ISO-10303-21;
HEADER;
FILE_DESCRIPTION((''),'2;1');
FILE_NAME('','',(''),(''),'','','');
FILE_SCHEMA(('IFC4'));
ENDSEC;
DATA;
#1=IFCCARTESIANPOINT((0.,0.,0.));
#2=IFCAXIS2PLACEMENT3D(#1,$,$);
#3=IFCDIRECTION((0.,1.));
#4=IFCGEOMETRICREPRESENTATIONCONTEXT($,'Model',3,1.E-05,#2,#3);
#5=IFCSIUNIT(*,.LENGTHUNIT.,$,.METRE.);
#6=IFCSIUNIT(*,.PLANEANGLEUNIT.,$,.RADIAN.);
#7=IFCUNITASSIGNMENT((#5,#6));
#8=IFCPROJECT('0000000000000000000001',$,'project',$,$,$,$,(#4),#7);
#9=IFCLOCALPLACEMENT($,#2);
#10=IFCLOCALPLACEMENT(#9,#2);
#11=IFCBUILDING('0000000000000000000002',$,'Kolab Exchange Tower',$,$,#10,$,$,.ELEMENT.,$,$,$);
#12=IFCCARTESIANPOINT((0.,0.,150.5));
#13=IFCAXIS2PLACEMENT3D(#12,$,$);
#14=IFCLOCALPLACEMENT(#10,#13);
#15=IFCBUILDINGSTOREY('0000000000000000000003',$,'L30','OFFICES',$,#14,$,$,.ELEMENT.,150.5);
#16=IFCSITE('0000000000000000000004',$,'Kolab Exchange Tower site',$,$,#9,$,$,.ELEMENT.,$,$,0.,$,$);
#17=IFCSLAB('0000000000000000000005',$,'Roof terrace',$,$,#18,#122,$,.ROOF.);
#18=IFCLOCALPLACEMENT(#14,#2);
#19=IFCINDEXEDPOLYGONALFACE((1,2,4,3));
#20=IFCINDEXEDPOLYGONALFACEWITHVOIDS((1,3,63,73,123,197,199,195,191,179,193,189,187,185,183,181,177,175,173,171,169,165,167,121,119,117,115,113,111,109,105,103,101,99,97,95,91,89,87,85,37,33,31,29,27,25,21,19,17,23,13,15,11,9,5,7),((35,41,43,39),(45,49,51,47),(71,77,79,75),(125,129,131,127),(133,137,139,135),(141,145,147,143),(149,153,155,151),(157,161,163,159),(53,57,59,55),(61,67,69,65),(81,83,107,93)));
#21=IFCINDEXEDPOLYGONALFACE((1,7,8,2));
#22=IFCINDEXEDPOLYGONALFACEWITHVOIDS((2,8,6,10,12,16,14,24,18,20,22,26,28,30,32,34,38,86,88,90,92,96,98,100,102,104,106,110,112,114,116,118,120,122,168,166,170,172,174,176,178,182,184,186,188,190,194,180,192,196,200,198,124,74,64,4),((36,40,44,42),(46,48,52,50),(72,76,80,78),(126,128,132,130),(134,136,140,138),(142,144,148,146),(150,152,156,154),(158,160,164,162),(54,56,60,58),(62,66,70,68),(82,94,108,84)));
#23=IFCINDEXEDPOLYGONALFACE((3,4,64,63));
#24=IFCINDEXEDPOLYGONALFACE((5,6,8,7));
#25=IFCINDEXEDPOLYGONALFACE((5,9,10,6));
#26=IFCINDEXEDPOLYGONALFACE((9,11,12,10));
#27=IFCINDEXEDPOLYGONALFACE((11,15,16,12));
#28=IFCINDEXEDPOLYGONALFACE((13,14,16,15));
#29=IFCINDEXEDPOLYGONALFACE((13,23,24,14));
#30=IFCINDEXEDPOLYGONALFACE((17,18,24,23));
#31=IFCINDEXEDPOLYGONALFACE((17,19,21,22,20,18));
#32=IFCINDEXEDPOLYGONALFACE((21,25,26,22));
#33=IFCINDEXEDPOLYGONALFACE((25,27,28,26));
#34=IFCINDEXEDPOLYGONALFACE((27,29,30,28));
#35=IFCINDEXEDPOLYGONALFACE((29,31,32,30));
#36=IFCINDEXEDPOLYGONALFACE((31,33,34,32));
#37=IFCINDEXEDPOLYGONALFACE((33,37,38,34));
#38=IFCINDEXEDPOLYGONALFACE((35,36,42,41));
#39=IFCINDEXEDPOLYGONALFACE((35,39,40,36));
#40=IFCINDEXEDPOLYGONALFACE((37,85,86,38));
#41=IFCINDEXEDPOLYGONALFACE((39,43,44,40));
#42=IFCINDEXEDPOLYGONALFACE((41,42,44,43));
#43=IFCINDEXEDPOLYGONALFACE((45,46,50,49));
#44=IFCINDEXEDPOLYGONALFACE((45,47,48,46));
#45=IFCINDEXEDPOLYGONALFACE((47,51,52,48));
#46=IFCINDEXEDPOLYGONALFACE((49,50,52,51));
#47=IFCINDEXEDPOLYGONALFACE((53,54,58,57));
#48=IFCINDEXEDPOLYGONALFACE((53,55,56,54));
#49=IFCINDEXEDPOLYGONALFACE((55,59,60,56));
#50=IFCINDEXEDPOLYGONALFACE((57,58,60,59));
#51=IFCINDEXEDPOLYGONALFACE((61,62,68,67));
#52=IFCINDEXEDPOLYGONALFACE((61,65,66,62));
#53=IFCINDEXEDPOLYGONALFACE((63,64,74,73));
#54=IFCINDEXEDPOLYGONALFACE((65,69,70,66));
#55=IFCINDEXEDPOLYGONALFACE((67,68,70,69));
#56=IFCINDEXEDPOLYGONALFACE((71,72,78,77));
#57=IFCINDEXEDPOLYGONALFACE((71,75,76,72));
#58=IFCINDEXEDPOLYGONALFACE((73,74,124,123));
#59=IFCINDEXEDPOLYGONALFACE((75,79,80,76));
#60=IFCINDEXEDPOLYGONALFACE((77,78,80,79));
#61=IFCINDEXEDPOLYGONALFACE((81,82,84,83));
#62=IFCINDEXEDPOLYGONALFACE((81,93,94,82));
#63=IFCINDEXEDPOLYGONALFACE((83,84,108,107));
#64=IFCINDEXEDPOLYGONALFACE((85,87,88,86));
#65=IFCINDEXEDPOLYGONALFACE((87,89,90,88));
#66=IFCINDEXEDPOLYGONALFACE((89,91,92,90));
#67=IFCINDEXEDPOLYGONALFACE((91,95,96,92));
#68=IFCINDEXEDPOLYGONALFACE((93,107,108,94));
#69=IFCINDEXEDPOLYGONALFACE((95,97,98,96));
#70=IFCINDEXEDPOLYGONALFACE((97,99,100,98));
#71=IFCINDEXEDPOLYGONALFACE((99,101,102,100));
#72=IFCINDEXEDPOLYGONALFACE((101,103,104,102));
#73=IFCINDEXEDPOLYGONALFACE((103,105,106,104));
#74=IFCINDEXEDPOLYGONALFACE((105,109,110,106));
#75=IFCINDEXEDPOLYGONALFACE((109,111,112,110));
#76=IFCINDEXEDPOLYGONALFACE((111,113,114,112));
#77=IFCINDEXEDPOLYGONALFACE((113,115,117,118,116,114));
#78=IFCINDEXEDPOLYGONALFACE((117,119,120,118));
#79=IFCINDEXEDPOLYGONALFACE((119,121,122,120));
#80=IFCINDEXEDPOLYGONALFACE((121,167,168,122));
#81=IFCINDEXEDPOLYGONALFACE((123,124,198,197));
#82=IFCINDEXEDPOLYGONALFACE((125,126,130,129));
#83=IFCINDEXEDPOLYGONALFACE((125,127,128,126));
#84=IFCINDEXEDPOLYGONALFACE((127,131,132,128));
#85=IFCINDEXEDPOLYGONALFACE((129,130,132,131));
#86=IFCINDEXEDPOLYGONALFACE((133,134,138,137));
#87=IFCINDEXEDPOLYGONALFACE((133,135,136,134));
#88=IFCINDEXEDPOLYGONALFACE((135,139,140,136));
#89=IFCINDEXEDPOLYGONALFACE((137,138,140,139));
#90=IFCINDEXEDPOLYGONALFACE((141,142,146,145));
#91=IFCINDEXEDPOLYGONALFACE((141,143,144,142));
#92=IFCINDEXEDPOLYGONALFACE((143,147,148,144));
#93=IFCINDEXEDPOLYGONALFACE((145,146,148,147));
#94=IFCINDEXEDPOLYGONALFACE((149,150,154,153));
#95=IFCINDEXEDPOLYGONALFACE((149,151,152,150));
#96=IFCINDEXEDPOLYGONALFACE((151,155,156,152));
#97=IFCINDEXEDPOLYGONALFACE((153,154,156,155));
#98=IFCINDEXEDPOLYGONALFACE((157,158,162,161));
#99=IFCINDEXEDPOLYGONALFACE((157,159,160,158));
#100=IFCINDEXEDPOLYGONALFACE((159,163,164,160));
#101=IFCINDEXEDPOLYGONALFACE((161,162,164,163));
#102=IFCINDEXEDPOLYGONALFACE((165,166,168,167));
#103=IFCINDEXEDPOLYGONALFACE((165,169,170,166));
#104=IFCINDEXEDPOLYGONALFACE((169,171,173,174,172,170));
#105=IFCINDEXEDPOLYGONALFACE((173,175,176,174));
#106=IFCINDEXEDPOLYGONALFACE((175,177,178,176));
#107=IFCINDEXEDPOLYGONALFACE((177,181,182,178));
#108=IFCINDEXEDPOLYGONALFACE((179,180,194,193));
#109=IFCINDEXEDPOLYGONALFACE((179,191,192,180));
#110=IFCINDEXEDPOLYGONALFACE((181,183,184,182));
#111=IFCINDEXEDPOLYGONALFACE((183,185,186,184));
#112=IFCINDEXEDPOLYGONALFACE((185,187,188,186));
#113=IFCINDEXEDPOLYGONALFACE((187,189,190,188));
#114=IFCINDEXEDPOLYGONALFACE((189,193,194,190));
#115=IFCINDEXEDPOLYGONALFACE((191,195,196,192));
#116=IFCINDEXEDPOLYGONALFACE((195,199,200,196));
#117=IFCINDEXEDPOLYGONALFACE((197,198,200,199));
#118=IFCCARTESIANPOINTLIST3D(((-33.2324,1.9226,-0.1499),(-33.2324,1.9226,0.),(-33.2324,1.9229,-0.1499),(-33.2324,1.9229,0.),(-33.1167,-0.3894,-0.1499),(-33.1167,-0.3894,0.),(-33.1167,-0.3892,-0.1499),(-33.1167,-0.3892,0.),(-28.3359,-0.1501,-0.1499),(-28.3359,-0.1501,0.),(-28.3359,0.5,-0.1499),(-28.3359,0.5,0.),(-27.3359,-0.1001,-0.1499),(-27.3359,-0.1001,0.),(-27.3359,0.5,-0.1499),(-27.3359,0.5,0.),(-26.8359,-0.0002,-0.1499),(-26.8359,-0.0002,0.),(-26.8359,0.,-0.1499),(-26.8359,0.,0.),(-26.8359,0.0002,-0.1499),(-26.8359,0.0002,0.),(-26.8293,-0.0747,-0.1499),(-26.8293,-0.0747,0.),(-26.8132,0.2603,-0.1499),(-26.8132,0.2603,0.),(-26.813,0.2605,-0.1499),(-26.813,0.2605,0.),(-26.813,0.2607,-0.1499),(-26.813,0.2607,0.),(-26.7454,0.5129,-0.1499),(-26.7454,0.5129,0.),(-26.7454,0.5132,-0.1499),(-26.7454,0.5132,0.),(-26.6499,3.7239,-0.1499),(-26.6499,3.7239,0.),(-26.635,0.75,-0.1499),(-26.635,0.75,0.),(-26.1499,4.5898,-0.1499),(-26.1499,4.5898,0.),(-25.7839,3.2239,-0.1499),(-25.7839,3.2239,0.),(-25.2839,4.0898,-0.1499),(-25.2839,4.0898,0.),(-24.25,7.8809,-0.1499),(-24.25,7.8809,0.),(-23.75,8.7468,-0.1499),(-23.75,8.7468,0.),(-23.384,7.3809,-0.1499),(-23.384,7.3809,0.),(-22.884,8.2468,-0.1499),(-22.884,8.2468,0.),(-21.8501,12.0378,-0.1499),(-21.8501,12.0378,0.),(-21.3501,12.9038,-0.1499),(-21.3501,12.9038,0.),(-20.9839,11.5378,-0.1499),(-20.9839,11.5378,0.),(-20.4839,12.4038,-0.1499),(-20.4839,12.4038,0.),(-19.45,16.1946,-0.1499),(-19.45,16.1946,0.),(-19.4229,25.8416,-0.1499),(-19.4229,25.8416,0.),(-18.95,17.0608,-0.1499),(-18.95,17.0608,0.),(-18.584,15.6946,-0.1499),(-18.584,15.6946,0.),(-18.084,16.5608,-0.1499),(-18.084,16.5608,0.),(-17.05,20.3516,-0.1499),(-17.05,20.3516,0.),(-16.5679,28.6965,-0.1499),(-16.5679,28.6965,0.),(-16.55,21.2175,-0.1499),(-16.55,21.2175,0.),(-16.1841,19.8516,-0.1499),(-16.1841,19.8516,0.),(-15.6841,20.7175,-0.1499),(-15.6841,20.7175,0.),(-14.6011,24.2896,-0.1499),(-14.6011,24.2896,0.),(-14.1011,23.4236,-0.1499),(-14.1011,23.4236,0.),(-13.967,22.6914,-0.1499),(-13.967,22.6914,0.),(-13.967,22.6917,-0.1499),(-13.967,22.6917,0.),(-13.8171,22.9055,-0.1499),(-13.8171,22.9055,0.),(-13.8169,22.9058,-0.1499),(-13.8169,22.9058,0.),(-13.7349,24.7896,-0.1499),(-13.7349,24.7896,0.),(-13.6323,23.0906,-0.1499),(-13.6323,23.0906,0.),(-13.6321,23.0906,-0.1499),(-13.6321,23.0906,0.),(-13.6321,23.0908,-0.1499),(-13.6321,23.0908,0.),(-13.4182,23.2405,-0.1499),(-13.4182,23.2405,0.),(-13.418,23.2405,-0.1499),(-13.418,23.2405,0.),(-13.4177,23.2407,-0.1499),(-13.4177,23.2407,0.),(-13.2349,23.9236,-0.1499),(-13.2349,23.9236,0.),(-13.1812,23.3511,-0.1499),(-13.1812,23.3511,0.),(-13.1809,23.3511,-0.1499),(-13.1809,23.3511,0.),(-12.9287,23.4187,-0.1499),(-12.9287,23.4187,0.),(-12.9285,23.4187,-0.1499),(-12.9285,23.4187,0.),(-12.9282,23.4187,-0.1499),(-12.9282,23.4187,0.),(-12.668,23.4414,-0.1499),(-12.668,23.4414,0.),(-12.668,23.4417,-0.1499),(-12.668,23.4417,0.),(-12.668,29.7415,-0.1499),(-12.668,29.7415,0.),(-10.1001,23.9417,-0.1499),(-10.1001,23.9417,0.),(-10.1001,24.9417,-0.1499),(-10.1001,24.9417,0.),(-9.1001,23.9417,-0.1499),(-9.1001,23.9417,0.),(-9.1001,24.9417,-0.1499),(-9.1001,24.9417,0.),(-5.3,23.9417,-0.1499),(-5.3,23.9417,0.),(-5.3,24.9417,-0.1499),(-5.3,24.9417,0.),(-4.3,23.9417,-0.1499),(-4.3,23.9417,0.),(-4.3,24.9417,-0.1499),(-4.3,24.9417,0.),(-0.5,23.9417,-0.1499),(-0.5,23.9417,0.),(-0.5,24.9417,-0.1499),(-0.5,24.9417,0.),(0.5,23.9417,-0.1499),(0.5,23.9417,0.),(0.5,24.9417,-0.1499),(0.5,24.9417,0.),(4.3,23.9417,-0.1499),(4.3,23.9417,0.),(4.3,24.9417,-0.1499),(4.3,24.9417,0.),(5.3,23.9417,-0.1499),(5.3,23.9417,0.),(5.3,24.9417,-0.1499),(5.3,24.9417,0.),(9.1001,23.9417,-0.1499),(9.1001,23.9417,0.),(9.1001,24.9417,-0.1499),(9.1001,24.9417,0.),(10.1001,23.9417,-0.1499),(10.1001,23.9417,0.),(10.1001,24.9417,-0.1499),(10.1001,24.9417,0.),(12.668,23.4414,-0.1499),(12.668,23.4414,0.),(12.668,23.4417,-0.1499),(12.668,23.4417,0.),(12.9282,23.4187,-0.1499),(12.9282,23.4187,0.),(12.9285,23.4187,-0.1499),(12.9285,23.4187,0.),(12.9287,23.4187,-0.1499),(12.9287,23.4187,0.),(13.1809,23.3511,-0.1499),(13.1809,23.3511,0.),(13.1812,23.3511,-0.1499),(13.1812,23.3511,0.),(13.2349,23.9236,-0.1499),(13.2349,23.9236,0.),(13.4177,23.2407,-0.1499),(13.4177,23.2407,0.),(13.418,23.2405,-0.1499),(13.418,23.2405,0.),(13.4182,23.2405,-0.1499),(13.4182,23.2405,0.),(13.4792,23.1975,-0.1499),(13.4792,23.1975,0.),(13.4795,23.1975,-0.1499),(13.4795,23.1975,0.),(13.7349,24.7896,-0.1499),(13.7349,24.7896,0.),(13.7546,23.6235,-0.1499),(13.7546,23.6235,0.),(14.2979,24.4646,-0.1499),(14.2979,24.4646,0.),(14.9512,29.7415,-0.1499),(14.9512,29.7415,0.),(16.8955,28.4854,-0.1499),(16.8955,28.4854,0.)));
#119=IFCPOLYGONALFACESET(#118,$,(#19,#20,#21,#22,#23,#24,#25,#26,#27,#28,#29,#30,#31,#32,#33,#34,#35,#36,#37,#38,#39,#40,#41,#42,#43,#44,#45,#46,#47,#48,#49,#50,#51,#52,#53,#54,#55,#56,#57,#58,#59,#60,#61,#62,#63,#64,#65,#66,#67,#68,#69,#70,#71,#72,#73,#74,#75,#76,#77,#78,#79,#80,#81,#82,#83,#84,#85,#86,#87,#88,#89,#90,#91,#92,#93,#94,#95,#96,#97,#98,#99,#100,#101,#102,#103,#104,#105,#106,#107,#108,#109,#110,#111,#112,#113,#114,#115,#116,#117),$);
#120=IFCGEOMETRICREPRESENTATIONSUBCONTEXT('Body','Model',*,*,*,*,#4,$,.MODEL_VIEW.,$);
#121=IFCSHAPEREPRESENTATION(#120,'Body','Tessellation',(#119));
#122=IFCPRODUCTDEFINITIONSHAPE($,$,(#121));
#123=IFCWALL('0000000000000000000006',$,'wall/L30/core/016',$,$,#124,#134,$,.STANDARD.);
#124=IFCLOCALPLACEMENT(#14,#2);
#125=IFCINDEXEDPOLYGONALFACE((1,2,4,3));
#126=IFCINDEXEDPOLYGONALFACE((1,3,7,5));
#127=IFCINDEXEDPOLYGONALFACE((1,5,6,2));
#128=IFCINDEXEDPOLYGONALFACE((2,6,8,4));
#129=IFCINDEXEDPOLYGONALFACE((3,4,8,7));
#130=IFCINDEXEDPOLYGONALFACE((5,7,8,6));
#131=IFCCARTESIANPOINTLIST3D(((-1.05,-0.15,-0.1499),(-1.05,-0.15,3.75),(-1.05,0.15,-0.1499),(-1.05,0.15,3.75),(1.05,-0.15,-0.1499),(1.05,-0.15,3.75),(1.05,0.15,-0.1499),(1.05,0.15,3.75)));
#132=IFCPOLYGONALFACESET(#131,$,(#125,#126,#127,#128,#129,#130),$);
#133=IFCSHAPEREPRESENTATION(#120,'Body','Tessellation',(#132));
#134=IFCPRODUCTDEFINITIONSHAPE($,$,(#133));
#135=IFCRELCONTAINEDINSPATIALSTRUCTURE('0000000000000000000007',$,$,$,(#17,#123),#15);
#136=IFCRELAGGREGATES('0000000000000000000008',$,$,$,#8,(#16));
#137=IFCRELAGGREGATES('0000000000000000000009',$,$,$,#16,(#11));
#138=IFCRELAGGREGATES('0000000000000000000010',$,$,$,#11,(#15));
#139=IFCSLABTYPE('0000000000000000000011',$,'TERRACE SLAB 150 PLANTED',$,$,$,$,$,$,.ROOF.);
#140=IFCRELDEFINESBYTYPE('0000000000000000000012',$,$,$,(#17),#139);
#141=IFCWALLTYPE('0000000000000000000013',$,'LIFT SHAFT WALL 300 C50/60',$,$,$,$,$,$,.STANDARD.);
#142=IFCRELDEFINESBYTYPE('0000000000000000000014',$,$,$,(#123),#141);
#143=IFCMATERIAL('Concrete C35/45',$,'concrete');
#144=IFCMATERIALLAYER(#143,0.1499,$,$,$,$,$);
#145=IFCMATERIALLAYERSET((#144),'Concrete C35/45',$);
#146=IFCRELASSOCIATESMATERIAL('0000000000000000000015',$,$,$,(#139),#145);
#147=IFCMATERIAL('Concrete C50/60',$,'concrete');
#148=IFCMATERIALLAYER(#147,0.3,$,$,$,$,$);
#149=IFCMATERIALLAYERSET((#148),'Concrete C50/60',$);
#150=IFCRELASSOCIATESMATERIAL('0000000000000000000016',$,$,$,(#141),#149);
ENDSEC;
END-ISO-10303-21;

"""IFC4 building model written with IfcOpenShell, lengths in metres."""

from ifc_helpers import new_model, si_unit, direction, frame, frame_2d, origin, place, context, subcontext, project, spatial, polyline, rectangle, outline, extrude, material, layer, layer_set, type_object, element, save


model = new_model("IFC4")

# Units and contexts
model_context = context("Model", 3, precision=1e-05, world=origin(), true_north=direction((0.0, 1.0)))
body_context = subcontext(model_context, "Body", "Model", "MODEL_VIEW")
ifc_project = project(units=[si_unit("LENGTHUNIT", "METRE"), si_unit("PLANEANGLEUNIT", "RADIAN")], contexts=[model_context])

# Site, building, storey
site_placement = place(None, origin())
site = spatial("IfcSite", under=ifc_project, at=site_placement, Name="Kolab Exchange Tower site", CompositionType="ELEMENT", RefElevation=0.0)
building_placement = place(site_placement, origin())
building = spatial("IfcBuilding", under=site, at=building_placement, Name="Kolab Exchange Tower", CompositionType="ELEMENT")
storey_placement = place(building_placement, frame((0.0, 0.0, 150.5)))
storey = spatial("IfcBuildingStorey", under=building, at=storey_placement, Name="L30", Description="OFFICES", CompositionType="ELEMENT", Elevation=150.5)

# Slab
ifc_material_1 = material(Name="Concrete C35/45", Category="concrete")
ifc_layer_1 = layer(ifc_material_1, 0.1499)
ifc_layer_set_1 = layer_set([ifc_layer_1], Name="Concrete C35/45")
slab_type_1 = type_object("IfcSlabType", Name="TERRACE SLAB 150 PLANTED", PredefinedType="ROOF", material=ifc_layer_set_1)
slab_1_placement = place(storey_placement, frame((0.0, 0.0, -0.1499)))
element("IfcSlab", 1, at=slab_1_placement, inside=storey, type_object=slab_type_1, Name="Roof terrace", PredefinedType="ROOF", context=body_context, shape_type="SweptSolid", body=[
    extrude(outline(polyline([(-33.2324, 1.9229), (-33.2324, 1.9226), (-33.1167, -0.3892), (-33.1167, -0.3894), (-28.3359, -0.1501), (-28.3359, 0.5), (-27.3359, 0.5), (-27.3359, -0.1001), (-26.8293, -0.0747), (-26.8359, -0.0002), (-26.8359, 0.0), (-26.8359, 0.0002), (-26.8132, 0.2603), (-26.813, 0.2605), (-26.813, 0.2607), (-26.7454, 0.5129), (-26.7454, 0.5132), (-26.635, 0.75), (-13.967, 22.6914), (-13.967, 22.6917), (-13.8171, 22.9055), (-13.8169, 22.9058), (-13.6323, 23.0906), (-13.6321, 23.0906), (-13.6321, 23.0908), (-13.4182, 23.2405), (-13.418, 23.2405), (-13.4177, 23.2407), (-13.1812, 23.3511), (-13.1809, 23.3511), (-12.9287, 23.4187), (-12.9285, 23.4187), (-12.9282, 23.4187), (-12.668, 23.4414), (-12.668, 23.4417), (12.668, 23.4417), (12.668, 23.4414), (12.9282, 23.4187), (12.9285, 23.4187), (12.9287, 23.4187), (13.1809, 23.3511), (13.1812, 23.3511), (13.4177, 23.2407), (13.418, 23.2405), (13.4182, 23.2405), (13.4792, 23.1975), (13.4795, 23.1975), (13.7546, 23.6235), (13.2349, 23.9236), (13.7349, 24.7896), (14.2979, 24.4646), (16.8955, 28.4854), (14.9512, 29.7415), (-12.668, 29.7415), (-16.5679, 28.6965), (-19.4229, 25.8416), (-33.2324, 1.9229)]), holes=[polyline([(-25.7839, 3.2239), (-26.6499, 3.7239), (-26.1499, 4.5898), (-25.2839, 4.0898), (-25.7839, 3.2239)]), polyline([(-24.25, 7.8809), (-23.75, 8.7468), (-22.884, 8.2468), (-23.384, 7.3809), (-24.25, 7.8809)]), polyline([(-21.8501, 12.0378), (-21.3501, 12.9038), (-20.4839, 12.4038), (-20.9839, 11.5378), (-21.8501, 12.0378)]), polyline([(-19.45, 16.1946), (-18.95, 17.0608), (-18.084, 16.5608), (-18.584, 15.6946), (-19.45, 16.1946)]), polyline([(-17.05, 20.3516), (-16.55, 21.2175), (-15.6841, 20.7175), (-16.1841, 19.8516), (-17.05, 20.3516)]), polyline([(-14.6011, 24.2896), (-13.7349, 24.7896), (-13.2349, 23.9236), (-14.1011, 23.4236), (-14.6011, 24.2896)]), polyline([(-10.1001, 23.9417), (-10.1001, 24.9417), (-9.1001, 24.9417), (-9.1001, 23.9417), (-10.1001, 23.9417)]), polyline([(-5.3, 23.9417), (-5.3, 24.9417), (-4.3, 24.9417), (-4.3, 23.9417), (-5.3, 23.9417)]), polyline([(-0.5, 24.9417), (0.5, 24.9417), (0.5, 23.9417), (-0.5, 23.9417), (-0.5, 24.9417)]), polyline([(4.3, 23.9417), (4.3, 24.9417), (5.3, 24.9417), (5.3, 23.9417), (4.3, 23.9417)]), polyline([(9.1001, 24.9417), (10.1001, 24.9417), (10.1001, 23.9417), (9.1001, 23.9417), (9.1001, 24.9417)])]), origin(), (0.0, 0.0, 1.0), 0.1499),
])

# Wall
ifc_material_2 = material(Name="Concrete C50/60", Category="concrete")
ifc_layer_2 = layer(ifc_material_2, 0.3)
ifc_layer_set_2 = layer_set([ifc_layer_2], Name="Concrete C50/60")
wall_type = type_object("IfcWallType", Name="LIFT SHAFT WALL 300 C50/60", PredefinedType="STANDARD", material=ifc_layer_set_2)
wall_placement = place(storey_placement, frame((-1.05, 0.0, -0.1499), z_axis=(0.0, 0.0, 1.0), x_axis=(1.0, 0.0, 0.0)))
element("IfcWall", 2, at=wall_placement, inside=storey, type_object=wall_type, Name="wall/L30/core/016", PredefinedType="STANDARD", context=body_context, shape_type="SweptSolid", body=[
    extrude(rectangle(XDim=2.1001, YDim=0.3, at=frame_2d((1.05, 0.0))), origin(), (0.0, 0.0, 1.0), 3.8999),
])

save(model, "model.ifc")
